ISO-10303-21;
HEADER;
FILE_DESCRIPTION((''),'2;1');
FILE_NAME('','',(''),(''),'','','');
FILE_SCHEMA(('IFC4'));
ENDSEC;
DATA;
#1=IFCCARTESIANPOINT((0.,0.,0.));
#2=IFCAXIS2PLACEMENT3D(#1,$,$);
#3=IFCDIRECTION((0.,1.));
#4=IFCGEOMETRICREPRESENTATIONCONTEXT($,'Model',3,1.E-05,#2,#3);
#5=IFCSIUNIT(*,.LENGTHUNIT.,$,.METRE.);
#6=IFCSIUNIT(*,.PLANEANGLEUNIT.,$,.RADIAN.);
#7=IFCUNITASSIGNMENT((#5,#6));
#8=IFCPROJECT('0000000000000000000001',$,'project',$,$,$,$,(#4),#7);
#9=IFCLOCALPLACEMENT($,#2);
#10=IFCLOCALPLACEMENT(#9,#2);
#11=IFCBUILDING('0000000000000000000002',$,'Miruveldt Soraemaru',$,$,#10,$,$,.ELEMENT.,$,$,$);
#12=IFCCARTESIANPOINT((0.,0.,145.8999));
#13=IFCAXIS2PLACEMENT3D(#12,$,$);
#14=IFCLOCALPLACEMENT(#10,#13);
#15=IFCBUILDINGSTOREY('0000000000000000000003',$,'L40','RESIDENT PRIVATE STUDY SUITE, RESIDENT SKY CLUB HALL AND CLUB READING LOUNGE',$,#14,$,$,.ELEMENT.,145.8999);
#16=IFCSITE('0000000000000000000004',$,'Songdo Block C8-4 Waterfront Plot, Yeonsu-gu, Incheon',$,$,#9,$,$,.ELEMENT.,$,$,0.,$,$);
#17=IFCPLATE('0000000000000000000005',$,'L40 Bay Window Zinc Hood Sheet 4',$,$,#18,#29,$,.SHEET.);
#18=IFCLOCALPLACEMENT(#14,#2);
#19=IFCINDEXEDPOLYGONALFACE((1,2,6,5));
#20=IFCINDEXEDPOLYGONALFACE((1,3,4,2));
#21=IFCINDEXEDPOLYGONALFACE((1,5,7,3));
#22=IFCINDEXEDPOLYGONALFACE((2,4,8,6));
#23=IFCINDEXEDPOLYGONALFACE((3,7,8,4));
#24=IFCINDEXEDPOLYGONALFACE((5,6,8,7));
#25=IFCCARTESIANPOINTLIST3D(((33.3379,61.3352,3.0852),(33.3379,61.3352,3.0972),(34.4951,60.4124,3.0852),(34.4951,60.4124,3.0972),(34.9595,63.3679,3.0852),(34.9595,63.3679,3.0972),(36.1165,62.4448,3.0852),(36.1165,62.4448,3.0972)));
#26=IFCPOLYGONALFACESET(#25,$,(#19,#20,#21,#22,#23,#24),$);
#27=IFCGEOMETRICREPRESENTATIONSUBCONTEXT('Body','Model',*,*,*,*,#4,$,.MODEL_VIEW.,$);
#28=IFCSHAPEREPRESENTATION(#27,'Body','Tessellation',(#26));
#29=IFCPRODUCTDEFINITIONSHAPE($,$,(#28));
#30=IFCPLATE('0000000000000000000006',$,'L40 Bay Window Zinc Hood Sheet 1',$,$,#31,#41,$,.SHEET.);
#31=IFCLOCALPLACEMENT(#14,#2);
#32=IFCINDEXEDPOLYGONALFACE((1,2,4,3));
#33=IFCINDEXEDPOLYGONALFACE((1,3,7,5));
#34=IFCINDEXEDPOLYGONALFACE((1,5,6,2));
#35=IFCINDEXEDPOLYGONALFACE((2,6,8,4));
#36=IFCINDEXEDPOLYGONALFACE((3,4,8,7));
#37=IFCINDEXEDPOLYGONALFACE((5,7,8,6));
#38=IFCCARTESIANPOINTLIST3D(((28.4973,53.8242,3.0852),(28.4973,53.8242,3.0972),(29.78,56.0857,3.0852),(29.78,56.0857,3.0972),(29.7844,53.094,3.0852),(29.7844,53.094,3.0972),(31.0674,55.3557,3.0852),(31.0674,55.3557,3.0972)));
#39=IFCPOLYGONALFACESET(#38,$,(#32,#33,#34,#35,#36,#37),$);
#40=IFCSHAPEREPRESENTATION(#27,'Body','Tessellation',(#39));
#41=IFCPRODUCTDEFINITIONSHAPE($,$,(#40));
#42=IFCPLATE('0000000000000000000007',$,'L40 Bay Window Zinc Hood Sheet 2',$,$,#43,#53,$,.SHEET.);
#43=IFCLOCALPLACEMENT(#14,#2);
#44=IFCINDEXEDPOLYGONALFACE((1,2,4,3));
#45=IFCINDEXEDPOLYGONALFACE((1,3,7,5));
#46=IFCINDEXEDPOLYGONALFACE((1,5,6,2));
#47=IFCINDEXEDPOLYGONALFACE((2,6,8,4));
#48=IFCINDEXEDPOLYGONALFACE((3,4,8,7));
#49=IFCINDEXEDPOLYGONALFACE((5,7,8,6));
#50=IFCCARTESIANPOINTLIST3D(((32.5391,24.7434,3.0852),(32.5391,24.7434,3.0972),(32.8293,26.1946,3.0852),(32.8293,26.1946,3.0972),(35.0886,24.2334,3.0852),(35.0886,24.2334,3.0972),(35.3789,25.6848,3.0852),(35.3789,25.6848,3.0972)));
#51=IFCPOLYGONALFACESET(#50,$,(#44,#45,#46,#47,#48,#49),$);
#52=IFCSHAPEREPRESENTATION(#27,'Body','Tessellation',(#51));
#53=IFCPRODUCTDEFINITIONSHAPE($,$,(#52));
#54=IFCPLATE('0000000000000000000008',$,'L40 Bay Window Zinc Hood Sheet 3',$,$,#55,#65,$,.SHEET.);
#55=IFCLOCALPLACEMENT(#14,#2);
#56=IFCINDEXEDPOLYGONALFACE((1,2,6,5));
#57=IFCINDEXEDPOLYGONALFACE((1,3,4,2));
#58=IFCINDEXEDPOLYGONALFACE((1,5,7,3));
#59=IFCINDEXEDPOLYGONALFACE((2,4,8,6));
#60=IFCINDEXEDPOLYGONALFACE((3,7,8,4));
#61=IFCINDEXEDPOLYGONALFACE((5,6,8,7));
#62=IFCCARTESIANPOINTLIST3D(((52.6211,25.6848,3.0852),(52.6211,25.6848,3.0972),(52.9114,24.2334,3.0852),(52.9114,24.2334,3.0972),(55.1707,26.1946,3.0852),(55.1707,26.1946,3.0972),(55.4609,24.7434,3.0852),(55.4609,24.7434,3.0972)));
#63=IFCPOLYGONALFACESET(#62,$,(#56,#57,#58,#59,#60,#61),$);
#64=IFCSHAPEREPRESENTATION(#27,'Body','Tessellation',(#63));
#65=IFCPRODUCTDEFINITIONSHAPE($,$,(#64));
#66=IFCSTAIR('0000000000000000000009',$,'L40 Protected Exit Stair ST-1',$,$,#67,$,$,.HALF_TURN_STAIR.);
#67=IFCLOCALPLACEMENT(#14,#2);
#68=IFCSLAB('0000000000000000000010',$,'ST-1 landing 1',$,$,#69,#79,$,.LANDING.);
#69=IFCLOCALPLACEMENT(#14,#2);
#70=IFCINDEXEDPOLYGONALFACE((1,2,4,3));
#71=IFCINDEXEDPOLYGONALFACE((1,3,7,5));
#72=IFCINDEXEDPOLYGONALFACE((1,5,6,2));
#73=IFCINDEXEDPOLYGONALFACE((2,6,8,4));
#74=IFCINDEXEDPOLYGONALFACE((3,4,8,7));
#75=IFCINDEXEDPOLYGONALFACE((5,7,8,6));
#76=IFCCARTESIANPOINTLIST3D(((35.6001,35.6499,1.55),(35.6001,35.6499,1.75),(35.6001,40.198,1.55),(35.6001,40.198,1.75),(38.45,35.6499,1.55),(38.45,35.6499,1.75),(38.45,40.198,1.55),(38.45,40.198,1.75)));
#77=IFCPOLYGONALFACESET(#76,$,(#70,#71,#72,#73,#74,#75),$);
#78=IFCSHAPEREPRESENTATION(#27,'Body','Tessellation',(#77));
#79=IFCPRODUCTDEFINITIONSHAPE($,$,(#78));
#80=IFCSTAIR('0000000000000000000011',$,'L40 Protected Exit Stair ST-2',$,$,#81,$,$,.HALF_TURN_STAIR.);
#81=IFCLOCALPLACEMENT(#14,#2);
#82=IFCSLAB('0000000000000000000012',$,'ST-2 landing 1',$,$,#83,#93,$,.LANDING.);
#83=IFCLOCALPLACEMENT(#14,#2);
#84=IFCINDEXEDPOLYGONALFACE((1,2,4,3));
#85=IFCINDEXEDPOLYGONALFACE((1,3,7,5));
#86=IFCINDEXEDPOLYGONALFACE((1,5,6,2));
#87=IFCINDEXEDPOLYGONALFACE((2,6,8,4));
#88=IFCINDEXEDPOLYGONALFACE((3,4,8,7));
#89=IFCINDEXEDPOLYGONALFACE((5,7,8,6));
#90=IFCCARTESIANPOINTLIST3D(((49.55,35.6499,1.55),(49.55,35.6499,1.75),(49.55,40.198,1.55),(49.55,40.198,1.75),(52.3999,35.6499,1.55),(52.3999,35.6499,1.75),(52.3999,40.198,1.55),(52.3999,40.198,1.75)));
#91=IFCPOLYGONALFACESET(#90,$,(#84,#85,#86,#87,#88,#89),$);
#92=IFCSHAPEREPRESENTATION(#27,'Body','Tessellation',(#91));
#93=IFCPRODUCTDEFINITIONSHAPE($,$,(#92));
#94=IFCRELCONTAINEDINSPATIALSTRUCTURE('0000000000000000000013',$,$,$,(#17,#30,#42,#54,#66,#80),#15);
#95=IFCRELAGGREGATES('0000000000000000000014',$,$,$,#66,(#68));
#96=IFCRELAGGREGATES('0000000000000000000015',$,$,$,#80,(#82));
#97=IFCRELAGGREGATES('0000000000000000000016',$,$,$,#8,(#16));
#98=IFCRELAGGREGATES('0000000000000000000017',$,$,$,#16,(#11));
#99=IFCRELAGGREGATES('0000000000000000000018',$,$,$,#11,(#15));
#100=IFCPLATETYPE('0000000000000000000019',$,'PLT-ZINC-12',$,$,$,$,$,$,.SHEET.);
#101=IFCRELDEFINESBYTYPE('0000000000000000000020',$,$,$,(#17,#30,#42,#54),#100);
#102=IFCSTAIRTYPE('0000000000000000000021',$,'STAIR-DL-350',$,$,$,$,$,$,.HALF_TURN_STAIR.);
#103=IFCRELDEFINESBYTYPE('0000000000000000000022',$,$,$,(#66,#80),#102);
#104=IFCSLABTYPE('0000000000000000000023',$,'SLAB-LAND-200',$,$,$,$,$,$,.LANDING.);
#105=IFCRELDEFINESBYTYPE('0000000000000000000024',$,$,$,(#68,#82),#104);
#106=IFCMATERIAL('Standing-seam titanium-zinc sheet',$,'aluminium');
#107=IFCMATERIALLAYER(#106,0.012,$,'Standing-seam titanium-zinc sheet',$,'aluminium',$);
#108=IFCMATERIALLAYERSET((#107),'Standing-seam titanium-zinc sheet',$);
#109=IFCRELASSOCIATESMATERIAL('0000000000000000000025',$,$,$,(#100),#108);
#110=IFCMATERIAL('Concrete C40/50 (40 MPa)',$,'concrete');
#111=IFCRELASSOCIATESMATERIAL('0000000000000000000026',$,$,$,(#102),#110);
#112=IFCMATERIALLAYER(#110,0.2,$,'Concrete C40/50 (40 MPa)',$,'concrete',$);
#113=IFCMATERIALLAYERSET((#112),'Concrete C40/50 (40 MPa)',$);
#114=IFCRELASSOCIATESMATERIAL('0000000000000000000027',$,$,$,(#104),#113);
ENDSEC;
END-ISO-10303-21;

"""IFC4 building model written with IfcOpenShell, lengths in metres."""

from ifc_helpers import new_model, si_unit, direction, frame, origin, place, context, subcontext, project, spatial, polyline, outline, extrude, material, layer, layer_set, type_object, element, aggregate, save


model = new_model("IFC4")

# Units and contexts
model_context = context("Model", 3, precision=1e-05, world=origin(), true_north=direction((0.0, 1.0)))
body_context = subcontext(model_context, "Body", "Model", "MODEL_VIEW")
ifc_project = project(units=[si_unit("LENGTHUNIT", "METRE"), si_unit("PLANEANGLEUNIT", "RADIAN")], contexts=[model_context])

# Site, building, storey
site_placement = place(None, origin())
site = spatial("IfcSite", under=ifc_project, at=site_placement, Name="Songdo Block C8-4 Waterfront Plot, Yeonsu-gu, Incheon", CompositionType="ELEMENT", RefElevation=0.0)
building_placement = place(site_placement, origin())
building = spatial("IfcBuilding", under=site, at=building_placement, Name="Miruveldt Soraemaru", CompositionType="ELEMENT")
storey_placement = place(building_placement, frame((0.0, 0.0, 145.8999)))
storey = spatial("IfcBuildingStorey", under=building, at=storey_placement, Name="L40", Description="RESIDENT PRIVATE STUDY SUITE, RESIDENT SKY CLUB HALL AND CLUB READING LOUNGE", CompositionType="ELEMENT", Elevation=145.8999)

# Plates
ifc_material_1 = material(Name="Standing-seam titanium-zinc sheet", Category="aluminium")
ifc_layer_1 = layer(ifc_material_1, 0.012, Name="Standing-seam titanium-zinc sheet", Category="aluminium")
ifc_layer_set_1 = layer_set([ifc_layer_1], Name="Standing-seam titanium-zinc sheet")
plate_type = type_object("IfcPlateType", Name="PLT-ZINC-12", PredefinedType="SHEET", material=ifc_layer_set_1)
plate_1_placement = place(storey_placement, frame((0.0, 0.0, 3.0852)))
element("IfcPlate", 1, at=plate_1_placement, inside=storey, type_object=plate_type, Name="L40 Bay Window Zinc Hood Sheet 4", PredefinedType="SHEET", context=body_context, shape_type="SweptSolid", body=[
    extrude(outline(polyline([(36.1165, 62.4448), (34.4951, 60.4124), (33.3379, 61.3352), (34.9595, 63.3679), (36.1165, 62.4448)])), origin(), (0.0, 0.0, 1.0), 0.012),
])
plate_2_placement = place(storey_placement, frame((0.0, 0.0, 3.0852)))
element("IfcPlate", 2, at=plate_2_placement, inside=storey, type_object=plate_type, Name="L40 Bay Window Zinc Hood Sheet 1", PredefinedType="SHEET", context=body_context, shape_type="SweptSolid", body=[
    extrude(outline(polyline([(31.0674, 55.3557), (29.7844, 53.094), (28.4973, 53.8242), (29.78, 56.0857), (31.0674, 55.3557)])), origin(), (0.0, 0.0, 1.0), 0.012),
])
plate_3_placement = place(storey_placement, frame((0.0, 0.0, 3.0852)))
element("IfcPlate", 3, at=plate_3_placement, inside=storey, type_object=plate_type, Name="L40 Bay Window Zinc Hood Sheet 2", PredefinedType="SHEET", context=body_context, shape_type="SweptSolid", body=[
    extrude(outline(polyline([(32.8293, 26.1946), (35.3789, 25.6848), (35.0886, 24.2334), (32.5391, 24.7434), (32.8293, 26.1946)])), origin(), (0.0, 0.0, 1.0), 0.012),
])
plate_4_placement = place(storey_placement, frame((0.0, 0.0, 3.0852)))
element("IfcPlate", 4, at=plate_4_placement, inside=storey, type_object=plate_type, Name="L40 Bay Window Zinc Hood Sheet 3", PredefinedType="SHEET", context=body_context, shape_type="SweptSolid", body=[
    extrude(outline(polyline([(52.6211, 25.6848), (55.1707, 26.1946), (55.4609, 24.7434), (52.9114, 24.2334), (52.6211, 25.6848)])), origin(), (0.0, 0.0, 1.0), 0.012),
])

# Stairs, slabs
ifc_material_2 = material(Name="Concrete C40/50 (40 MPa)", Category="concrete")
stair_type = type_object("IfcStairType", Name="STAIR-DL-350", PredefinedType="HALF_TURN_STAIR", material=ifc_material_2)
stair_1_placement = place(storey_placement, origin())
stair_1 = element("IfcStair", 5, at=stair_1_placement, inside=storey, type_object=stair_type, Name="L40 Protected Exit Stair ST-1", PredefinedType="HALF_TURN_STAIR")
ifc_layer_2 = layer(ifc_material_2, 0.2, Name="Concrete C40/50 (40 MPa)", Category="concrete")
ifc_layer_set_2 = layer_set([ifc_layer_2], Name="Concrete C40/50 (40 MPa)")
slab_type_1 = type_object("IfcSlabType", Name="SLAB-LAND-200", PredefinedType="LANDING", material=ifc_layer_set_2)
slab_1_placement = place(storey_placement, frame((0.0, 0.0, 1.55)))
slab_1 = element("IfcSlab", 6, at=slab_1_placement, type_object=slab_type_1, Name="ST-1 landing 1", PredefinedType="LANDING", context=body_context, shape_type="SweptSolid", body=[
    extrude(outline(polyline([(35.6001, 40.198), (35.6001, 35.6499), (38.45, 35.6499), (38.45, 40.198), (35.6001, 40.198)])), origin(), (0.0, 0.0, 1.0), 0.2),
])
aggregate(stair_1, [slab_1])
stair_2_placement = place(storey_placement, origin())
stair_2 = element("IfcStair", 7, at=stair_2_placement, inside=storey, type_object=stair_type, Name="L40 Protected Exit Stair ST-2", PredefinedType="HALF_TURN_STAIR")
slab_2_placement = place(storey_placement, frame((0.0, 0.0, 1.55)))
slab_2 = element("IfcSlab", 8, at=slab_2_placement, type_object=slab_type_1, Name="ST-2 landing 1", PredefinedType="LANDING", context=body_context, shape_type="SweptSolid", body=[
    extrude(outline(polyline([(49.55, 40.198), (49.55, 35.6499), (52.3999, 35.6499), (52.3999, 40.198), (49.55, 40.198)])), origin(), (0.0, 0.0, 1.0), 0.2),
])
aggregate(stair_2, [slab_2])

save(model, "model.ifc")
